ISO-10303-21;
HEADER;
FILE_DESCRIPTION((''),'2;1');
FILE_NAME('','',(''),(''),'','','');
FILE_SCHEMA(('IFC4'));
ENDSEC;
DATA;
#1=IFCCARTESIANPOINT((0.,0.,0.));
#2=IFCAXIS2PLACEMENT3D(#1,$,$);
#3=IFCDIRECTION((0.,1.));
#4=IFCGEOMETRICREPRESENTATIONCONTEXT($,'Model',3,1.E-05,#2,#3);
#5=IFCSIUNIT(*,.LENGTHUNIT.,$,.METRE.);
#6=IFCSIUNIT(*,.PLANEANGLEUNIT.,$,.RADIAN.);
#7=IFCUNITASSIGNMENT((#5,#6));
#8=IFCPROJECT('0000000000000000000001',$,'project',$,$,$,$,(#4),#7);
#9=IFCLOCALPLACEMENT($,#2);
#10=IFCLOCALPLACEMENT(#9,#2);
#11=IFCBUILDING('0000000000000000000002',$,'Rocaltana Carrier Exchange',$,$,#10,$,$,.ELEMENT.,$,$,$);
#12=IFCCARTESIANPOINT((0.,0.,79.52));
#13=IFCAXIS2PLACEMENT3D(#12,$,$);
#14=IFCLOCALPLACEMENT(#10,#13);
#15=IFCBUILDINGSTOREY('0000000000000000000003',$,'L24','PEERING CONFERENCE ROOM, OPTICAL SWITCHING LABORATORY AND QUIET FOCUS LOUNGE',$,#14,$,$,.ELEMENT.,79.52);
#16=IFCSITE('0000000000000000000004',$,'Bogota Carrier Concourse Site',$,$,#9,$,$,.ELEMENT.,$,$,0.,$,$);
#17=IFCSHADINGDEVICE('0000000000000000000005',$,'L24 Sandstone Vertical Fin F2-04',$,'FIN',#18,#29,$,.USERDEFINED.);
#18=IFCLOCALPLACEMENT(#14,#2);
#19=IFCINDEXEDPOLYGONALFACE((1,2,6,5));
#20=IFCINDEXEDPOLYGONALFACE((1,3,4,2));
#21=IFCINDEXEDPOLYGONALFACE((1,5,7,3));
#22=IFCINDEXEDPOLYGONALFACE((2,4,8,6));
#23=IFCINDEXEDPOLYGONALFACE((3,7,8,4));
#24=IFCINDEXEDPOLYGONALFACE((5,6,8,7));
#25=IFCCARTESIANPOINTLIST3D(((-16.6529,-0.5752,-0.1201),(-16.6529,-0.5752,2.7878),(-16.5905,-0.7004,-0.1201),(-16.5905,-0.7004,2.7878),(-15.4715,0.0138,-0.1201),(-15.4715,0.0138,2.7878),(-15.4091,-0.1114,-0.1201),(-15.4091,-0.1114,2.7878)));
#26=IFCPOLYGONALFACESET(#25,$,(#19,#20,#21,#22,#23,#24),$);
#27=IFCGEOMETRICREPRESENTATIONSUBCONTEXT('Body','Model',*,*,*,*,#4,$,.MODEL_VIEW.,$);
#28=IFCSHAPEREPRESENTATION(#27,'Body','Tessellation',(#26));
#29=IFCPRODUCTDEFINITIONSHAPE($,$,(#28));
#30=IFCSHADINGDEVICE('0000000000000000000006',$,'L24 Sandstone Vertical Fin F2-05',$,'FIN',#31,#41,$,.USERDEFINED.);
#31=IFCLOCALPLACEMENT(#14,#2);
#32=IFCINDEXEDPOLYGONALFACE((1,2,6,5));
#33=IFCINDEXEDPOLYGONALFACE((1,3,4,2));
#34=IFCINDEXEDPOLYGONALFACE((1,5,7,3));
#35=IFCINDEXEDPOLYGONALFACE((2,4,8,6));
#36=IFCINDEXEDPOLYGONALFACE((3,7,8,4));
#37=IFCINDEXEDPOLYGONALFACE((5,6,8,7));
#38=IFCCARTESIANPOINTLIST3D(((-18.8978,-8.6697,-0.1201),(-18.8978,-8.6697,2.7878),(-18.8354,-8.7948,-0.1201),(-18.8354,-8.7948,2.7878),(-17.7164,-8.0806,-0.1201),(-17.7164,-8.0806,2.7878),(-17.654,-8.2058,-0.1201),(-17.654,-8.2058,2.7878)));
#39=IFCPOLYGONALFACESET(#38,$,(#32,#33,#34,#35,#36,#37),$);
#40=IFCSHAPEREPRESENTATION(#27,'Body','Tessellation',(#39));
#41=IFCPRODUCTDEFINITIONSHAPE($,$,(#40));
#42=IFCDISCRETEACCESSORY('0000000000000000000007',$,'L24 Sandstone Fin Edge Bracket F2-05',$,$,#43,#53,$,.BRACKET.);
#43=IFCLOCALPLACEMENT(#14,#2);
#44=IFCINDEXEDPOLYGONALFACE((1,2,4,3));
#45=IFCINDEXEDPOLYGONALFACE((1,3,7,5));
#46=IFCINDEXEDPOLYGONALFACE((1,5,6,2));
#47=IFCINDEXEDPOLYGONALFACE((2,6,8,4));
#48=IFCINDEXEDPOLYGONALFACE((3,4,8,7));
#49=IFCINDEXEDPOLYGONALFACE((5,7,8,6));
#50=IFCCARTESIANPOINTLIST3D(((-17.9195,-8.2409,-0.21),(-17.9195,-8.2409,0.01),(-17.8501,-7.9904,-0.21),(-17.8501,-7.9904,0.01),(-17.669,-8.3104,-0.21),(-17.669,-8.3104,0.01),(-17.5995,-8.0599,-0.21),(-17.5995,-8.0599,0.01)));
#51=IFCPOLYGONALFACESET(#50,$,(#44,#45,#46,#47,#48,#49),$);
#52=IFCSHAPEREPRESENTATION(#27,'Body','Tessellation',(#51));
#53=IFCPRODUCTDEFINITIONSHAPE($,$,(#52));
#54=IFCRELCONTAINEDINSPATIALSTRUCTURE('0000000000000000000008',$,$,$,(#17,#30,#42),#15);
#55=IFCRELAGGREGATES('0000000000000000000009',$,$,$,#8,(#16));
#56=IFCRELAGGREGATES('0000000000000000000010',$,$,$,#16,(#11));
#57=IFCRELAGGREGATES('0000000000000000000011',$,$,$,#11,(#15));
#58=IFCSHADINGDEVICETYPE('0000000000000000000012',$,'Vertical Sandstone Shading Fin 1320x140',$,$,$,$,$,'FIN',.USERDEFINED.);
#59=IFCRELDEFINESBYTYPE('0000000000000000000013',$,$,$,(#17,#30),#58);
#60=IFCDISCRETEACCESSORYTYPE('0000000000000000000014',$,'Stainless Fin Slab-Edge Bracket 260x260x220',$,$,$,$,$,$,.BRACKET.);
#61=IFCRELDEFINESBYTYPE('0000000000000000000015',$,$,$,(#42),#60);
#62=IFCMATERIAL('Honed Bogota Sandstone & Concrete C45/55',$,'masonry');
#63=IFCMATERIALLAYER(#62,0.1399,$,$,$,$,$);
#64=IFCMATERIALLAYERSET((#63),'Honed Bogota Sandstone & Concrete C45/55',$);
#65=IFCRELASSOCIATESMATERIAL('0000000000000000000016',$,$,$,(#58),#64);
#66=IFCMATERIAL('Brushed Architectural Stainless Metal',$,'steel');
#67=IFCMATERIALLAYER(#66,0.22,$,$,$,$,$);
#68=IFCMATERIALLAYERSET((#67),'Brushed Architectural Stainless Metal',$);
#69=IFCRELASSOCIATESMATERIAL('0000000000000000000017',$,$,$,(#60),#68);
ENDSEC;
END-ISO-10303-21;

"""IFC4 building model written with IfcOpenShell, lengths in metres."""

from ifc_helpers import new_model, si_unit, direction, frame, origin, origin_2d, place, context, subcontext, project, spatial, rectangle, extrude, material, layer, layer_set, type_object, element, save


model = new_model("IFC4")

# Units and contexts
model_context = context("Model", 3, precision=1e-05, world=origin(), true_north=direction((0.0, 1.0)))
body_context = subcontext(model_context, "Body", "Model", "MODEL_VIEW")
ifc_project = project(units=[si_unit("LENGTHUNIT", "METRE"), si_unit("PLANEANGLEUNIT", "RADIAN")], contexts=[model_context])

# Site, building, storey
site_placement = place(None, origin())
site = spatial("IfcSite", under=ifc_project, at=site_placement, Name="Bogota Carrier Concourse Site", CompositionType="ELEMENT", RefElevation=0.0)
building_placement = place(site_placement, origin())
building = spatial("IfcBuilding", under=site, at=building_placement, Name="Rocaltana Carrier Exchange", CompositionType="ELEMENT")
storey_placement = place(building_placement, frame((0.0, 0.0, 79.52)))
storey = spatial("IfcBuildingStorey", under=building, at=storey_placement, Name="L24", Description="PEERING CONFERENCE ROOM, OPTICAL SWITCHING LABORATORY AND QUIET FOCUS LOUNGE", CompositionType="ELEMENT", Elevation=79.52)

# Shading devices
ifc_material_1 = material(Name="Honed Bogota Sandstone & Concrete C45/55", Category="masonry")
ifc_layer_1 = layer(ifc_material_1, 0.1399)
ifc_layer_set_1 = layer_set([ifc_layer_1], Name="Honed Bogota Sandstone & Concrete C45/55")
shading_device_type = type_object("IfcShadingDeviceType", Name="Vertical Sandstone Shading Fin 1320x140", ElementType="FIN", PredefinedType="USERDEFINED", material=ifc_layer_set_1)
for number, where, z_axis, x_axis, name in (
    (1, (-16.031, -0.3433, -0.1201), (0.0, 0.0, 1.0), (-0.894934, -0.446198, 0.0), "L24 Sandstone Vertical Fin F2-04"),
    (2, (-18.2759, -8.4377, -0.1201), (0.0, 0.0, 1.0), (-0.894934, -0.446198, 0.0), "L24 Sandstone Vertical Fin F2-05"),
):
    element("IfcShadingDevice", number, at=place(storey_placement, frame(where, z_axis=z_axis, x_axis=x_axis)), inside=storey, type_object=shading_device_type, Name=name, ObjectType="FIN", PredefinedType="USERDEFINED", context=body_context, shape_type="SweptSolid", body=[
        extrude(rectangle(XDim=1.3201, YDim=0.1399, at=origin_2d()), origin(), (0.0, 0.0, 1.0), 2.908),
    ])

# Discrete accessory
ifc_material_2 = material(Name="Brushed Architectural Stainless Metal", Category="steel")
ifc_layer_2 = layer(ifc_material_2, 0.22)
ifc_layer_set_2 = layer_set([ifc_layer_2], Name="Brushed Architectural Stainless Metal")
discrete_accessory_type = type_object("IfcDiscreteAccessoryType", Name="Stainless Fin Slab-Edge Bracket 260x260x220", PredefinedType="BRACKET", material=ifc_layer_set_2)
discrete_accessory_placement = place(storey_placement, frame((-17.7595, -8.1504, -0.21), z_axis=(0.0, 0.0, 1.0), x_axis=(-0.267238, -0.96363, 0.0)))
element("IfcDiscreteAccessory", 3, at=discrete_accessory_placement, inside=storey, type_object=discrete_accessory_type, Name="L24 Sandstone Fin Edge Bracket F2-05", PredefinedType="BRACKET", context=body_context, shape_type="SweptSolid", body=[
    extrude(rectangle(XDim=0.26, YDim=0.26, at=origin_2d()), origin(), (0.0, 0.0, 1.0), 0.22),
])

save(model, "model.ifc")
